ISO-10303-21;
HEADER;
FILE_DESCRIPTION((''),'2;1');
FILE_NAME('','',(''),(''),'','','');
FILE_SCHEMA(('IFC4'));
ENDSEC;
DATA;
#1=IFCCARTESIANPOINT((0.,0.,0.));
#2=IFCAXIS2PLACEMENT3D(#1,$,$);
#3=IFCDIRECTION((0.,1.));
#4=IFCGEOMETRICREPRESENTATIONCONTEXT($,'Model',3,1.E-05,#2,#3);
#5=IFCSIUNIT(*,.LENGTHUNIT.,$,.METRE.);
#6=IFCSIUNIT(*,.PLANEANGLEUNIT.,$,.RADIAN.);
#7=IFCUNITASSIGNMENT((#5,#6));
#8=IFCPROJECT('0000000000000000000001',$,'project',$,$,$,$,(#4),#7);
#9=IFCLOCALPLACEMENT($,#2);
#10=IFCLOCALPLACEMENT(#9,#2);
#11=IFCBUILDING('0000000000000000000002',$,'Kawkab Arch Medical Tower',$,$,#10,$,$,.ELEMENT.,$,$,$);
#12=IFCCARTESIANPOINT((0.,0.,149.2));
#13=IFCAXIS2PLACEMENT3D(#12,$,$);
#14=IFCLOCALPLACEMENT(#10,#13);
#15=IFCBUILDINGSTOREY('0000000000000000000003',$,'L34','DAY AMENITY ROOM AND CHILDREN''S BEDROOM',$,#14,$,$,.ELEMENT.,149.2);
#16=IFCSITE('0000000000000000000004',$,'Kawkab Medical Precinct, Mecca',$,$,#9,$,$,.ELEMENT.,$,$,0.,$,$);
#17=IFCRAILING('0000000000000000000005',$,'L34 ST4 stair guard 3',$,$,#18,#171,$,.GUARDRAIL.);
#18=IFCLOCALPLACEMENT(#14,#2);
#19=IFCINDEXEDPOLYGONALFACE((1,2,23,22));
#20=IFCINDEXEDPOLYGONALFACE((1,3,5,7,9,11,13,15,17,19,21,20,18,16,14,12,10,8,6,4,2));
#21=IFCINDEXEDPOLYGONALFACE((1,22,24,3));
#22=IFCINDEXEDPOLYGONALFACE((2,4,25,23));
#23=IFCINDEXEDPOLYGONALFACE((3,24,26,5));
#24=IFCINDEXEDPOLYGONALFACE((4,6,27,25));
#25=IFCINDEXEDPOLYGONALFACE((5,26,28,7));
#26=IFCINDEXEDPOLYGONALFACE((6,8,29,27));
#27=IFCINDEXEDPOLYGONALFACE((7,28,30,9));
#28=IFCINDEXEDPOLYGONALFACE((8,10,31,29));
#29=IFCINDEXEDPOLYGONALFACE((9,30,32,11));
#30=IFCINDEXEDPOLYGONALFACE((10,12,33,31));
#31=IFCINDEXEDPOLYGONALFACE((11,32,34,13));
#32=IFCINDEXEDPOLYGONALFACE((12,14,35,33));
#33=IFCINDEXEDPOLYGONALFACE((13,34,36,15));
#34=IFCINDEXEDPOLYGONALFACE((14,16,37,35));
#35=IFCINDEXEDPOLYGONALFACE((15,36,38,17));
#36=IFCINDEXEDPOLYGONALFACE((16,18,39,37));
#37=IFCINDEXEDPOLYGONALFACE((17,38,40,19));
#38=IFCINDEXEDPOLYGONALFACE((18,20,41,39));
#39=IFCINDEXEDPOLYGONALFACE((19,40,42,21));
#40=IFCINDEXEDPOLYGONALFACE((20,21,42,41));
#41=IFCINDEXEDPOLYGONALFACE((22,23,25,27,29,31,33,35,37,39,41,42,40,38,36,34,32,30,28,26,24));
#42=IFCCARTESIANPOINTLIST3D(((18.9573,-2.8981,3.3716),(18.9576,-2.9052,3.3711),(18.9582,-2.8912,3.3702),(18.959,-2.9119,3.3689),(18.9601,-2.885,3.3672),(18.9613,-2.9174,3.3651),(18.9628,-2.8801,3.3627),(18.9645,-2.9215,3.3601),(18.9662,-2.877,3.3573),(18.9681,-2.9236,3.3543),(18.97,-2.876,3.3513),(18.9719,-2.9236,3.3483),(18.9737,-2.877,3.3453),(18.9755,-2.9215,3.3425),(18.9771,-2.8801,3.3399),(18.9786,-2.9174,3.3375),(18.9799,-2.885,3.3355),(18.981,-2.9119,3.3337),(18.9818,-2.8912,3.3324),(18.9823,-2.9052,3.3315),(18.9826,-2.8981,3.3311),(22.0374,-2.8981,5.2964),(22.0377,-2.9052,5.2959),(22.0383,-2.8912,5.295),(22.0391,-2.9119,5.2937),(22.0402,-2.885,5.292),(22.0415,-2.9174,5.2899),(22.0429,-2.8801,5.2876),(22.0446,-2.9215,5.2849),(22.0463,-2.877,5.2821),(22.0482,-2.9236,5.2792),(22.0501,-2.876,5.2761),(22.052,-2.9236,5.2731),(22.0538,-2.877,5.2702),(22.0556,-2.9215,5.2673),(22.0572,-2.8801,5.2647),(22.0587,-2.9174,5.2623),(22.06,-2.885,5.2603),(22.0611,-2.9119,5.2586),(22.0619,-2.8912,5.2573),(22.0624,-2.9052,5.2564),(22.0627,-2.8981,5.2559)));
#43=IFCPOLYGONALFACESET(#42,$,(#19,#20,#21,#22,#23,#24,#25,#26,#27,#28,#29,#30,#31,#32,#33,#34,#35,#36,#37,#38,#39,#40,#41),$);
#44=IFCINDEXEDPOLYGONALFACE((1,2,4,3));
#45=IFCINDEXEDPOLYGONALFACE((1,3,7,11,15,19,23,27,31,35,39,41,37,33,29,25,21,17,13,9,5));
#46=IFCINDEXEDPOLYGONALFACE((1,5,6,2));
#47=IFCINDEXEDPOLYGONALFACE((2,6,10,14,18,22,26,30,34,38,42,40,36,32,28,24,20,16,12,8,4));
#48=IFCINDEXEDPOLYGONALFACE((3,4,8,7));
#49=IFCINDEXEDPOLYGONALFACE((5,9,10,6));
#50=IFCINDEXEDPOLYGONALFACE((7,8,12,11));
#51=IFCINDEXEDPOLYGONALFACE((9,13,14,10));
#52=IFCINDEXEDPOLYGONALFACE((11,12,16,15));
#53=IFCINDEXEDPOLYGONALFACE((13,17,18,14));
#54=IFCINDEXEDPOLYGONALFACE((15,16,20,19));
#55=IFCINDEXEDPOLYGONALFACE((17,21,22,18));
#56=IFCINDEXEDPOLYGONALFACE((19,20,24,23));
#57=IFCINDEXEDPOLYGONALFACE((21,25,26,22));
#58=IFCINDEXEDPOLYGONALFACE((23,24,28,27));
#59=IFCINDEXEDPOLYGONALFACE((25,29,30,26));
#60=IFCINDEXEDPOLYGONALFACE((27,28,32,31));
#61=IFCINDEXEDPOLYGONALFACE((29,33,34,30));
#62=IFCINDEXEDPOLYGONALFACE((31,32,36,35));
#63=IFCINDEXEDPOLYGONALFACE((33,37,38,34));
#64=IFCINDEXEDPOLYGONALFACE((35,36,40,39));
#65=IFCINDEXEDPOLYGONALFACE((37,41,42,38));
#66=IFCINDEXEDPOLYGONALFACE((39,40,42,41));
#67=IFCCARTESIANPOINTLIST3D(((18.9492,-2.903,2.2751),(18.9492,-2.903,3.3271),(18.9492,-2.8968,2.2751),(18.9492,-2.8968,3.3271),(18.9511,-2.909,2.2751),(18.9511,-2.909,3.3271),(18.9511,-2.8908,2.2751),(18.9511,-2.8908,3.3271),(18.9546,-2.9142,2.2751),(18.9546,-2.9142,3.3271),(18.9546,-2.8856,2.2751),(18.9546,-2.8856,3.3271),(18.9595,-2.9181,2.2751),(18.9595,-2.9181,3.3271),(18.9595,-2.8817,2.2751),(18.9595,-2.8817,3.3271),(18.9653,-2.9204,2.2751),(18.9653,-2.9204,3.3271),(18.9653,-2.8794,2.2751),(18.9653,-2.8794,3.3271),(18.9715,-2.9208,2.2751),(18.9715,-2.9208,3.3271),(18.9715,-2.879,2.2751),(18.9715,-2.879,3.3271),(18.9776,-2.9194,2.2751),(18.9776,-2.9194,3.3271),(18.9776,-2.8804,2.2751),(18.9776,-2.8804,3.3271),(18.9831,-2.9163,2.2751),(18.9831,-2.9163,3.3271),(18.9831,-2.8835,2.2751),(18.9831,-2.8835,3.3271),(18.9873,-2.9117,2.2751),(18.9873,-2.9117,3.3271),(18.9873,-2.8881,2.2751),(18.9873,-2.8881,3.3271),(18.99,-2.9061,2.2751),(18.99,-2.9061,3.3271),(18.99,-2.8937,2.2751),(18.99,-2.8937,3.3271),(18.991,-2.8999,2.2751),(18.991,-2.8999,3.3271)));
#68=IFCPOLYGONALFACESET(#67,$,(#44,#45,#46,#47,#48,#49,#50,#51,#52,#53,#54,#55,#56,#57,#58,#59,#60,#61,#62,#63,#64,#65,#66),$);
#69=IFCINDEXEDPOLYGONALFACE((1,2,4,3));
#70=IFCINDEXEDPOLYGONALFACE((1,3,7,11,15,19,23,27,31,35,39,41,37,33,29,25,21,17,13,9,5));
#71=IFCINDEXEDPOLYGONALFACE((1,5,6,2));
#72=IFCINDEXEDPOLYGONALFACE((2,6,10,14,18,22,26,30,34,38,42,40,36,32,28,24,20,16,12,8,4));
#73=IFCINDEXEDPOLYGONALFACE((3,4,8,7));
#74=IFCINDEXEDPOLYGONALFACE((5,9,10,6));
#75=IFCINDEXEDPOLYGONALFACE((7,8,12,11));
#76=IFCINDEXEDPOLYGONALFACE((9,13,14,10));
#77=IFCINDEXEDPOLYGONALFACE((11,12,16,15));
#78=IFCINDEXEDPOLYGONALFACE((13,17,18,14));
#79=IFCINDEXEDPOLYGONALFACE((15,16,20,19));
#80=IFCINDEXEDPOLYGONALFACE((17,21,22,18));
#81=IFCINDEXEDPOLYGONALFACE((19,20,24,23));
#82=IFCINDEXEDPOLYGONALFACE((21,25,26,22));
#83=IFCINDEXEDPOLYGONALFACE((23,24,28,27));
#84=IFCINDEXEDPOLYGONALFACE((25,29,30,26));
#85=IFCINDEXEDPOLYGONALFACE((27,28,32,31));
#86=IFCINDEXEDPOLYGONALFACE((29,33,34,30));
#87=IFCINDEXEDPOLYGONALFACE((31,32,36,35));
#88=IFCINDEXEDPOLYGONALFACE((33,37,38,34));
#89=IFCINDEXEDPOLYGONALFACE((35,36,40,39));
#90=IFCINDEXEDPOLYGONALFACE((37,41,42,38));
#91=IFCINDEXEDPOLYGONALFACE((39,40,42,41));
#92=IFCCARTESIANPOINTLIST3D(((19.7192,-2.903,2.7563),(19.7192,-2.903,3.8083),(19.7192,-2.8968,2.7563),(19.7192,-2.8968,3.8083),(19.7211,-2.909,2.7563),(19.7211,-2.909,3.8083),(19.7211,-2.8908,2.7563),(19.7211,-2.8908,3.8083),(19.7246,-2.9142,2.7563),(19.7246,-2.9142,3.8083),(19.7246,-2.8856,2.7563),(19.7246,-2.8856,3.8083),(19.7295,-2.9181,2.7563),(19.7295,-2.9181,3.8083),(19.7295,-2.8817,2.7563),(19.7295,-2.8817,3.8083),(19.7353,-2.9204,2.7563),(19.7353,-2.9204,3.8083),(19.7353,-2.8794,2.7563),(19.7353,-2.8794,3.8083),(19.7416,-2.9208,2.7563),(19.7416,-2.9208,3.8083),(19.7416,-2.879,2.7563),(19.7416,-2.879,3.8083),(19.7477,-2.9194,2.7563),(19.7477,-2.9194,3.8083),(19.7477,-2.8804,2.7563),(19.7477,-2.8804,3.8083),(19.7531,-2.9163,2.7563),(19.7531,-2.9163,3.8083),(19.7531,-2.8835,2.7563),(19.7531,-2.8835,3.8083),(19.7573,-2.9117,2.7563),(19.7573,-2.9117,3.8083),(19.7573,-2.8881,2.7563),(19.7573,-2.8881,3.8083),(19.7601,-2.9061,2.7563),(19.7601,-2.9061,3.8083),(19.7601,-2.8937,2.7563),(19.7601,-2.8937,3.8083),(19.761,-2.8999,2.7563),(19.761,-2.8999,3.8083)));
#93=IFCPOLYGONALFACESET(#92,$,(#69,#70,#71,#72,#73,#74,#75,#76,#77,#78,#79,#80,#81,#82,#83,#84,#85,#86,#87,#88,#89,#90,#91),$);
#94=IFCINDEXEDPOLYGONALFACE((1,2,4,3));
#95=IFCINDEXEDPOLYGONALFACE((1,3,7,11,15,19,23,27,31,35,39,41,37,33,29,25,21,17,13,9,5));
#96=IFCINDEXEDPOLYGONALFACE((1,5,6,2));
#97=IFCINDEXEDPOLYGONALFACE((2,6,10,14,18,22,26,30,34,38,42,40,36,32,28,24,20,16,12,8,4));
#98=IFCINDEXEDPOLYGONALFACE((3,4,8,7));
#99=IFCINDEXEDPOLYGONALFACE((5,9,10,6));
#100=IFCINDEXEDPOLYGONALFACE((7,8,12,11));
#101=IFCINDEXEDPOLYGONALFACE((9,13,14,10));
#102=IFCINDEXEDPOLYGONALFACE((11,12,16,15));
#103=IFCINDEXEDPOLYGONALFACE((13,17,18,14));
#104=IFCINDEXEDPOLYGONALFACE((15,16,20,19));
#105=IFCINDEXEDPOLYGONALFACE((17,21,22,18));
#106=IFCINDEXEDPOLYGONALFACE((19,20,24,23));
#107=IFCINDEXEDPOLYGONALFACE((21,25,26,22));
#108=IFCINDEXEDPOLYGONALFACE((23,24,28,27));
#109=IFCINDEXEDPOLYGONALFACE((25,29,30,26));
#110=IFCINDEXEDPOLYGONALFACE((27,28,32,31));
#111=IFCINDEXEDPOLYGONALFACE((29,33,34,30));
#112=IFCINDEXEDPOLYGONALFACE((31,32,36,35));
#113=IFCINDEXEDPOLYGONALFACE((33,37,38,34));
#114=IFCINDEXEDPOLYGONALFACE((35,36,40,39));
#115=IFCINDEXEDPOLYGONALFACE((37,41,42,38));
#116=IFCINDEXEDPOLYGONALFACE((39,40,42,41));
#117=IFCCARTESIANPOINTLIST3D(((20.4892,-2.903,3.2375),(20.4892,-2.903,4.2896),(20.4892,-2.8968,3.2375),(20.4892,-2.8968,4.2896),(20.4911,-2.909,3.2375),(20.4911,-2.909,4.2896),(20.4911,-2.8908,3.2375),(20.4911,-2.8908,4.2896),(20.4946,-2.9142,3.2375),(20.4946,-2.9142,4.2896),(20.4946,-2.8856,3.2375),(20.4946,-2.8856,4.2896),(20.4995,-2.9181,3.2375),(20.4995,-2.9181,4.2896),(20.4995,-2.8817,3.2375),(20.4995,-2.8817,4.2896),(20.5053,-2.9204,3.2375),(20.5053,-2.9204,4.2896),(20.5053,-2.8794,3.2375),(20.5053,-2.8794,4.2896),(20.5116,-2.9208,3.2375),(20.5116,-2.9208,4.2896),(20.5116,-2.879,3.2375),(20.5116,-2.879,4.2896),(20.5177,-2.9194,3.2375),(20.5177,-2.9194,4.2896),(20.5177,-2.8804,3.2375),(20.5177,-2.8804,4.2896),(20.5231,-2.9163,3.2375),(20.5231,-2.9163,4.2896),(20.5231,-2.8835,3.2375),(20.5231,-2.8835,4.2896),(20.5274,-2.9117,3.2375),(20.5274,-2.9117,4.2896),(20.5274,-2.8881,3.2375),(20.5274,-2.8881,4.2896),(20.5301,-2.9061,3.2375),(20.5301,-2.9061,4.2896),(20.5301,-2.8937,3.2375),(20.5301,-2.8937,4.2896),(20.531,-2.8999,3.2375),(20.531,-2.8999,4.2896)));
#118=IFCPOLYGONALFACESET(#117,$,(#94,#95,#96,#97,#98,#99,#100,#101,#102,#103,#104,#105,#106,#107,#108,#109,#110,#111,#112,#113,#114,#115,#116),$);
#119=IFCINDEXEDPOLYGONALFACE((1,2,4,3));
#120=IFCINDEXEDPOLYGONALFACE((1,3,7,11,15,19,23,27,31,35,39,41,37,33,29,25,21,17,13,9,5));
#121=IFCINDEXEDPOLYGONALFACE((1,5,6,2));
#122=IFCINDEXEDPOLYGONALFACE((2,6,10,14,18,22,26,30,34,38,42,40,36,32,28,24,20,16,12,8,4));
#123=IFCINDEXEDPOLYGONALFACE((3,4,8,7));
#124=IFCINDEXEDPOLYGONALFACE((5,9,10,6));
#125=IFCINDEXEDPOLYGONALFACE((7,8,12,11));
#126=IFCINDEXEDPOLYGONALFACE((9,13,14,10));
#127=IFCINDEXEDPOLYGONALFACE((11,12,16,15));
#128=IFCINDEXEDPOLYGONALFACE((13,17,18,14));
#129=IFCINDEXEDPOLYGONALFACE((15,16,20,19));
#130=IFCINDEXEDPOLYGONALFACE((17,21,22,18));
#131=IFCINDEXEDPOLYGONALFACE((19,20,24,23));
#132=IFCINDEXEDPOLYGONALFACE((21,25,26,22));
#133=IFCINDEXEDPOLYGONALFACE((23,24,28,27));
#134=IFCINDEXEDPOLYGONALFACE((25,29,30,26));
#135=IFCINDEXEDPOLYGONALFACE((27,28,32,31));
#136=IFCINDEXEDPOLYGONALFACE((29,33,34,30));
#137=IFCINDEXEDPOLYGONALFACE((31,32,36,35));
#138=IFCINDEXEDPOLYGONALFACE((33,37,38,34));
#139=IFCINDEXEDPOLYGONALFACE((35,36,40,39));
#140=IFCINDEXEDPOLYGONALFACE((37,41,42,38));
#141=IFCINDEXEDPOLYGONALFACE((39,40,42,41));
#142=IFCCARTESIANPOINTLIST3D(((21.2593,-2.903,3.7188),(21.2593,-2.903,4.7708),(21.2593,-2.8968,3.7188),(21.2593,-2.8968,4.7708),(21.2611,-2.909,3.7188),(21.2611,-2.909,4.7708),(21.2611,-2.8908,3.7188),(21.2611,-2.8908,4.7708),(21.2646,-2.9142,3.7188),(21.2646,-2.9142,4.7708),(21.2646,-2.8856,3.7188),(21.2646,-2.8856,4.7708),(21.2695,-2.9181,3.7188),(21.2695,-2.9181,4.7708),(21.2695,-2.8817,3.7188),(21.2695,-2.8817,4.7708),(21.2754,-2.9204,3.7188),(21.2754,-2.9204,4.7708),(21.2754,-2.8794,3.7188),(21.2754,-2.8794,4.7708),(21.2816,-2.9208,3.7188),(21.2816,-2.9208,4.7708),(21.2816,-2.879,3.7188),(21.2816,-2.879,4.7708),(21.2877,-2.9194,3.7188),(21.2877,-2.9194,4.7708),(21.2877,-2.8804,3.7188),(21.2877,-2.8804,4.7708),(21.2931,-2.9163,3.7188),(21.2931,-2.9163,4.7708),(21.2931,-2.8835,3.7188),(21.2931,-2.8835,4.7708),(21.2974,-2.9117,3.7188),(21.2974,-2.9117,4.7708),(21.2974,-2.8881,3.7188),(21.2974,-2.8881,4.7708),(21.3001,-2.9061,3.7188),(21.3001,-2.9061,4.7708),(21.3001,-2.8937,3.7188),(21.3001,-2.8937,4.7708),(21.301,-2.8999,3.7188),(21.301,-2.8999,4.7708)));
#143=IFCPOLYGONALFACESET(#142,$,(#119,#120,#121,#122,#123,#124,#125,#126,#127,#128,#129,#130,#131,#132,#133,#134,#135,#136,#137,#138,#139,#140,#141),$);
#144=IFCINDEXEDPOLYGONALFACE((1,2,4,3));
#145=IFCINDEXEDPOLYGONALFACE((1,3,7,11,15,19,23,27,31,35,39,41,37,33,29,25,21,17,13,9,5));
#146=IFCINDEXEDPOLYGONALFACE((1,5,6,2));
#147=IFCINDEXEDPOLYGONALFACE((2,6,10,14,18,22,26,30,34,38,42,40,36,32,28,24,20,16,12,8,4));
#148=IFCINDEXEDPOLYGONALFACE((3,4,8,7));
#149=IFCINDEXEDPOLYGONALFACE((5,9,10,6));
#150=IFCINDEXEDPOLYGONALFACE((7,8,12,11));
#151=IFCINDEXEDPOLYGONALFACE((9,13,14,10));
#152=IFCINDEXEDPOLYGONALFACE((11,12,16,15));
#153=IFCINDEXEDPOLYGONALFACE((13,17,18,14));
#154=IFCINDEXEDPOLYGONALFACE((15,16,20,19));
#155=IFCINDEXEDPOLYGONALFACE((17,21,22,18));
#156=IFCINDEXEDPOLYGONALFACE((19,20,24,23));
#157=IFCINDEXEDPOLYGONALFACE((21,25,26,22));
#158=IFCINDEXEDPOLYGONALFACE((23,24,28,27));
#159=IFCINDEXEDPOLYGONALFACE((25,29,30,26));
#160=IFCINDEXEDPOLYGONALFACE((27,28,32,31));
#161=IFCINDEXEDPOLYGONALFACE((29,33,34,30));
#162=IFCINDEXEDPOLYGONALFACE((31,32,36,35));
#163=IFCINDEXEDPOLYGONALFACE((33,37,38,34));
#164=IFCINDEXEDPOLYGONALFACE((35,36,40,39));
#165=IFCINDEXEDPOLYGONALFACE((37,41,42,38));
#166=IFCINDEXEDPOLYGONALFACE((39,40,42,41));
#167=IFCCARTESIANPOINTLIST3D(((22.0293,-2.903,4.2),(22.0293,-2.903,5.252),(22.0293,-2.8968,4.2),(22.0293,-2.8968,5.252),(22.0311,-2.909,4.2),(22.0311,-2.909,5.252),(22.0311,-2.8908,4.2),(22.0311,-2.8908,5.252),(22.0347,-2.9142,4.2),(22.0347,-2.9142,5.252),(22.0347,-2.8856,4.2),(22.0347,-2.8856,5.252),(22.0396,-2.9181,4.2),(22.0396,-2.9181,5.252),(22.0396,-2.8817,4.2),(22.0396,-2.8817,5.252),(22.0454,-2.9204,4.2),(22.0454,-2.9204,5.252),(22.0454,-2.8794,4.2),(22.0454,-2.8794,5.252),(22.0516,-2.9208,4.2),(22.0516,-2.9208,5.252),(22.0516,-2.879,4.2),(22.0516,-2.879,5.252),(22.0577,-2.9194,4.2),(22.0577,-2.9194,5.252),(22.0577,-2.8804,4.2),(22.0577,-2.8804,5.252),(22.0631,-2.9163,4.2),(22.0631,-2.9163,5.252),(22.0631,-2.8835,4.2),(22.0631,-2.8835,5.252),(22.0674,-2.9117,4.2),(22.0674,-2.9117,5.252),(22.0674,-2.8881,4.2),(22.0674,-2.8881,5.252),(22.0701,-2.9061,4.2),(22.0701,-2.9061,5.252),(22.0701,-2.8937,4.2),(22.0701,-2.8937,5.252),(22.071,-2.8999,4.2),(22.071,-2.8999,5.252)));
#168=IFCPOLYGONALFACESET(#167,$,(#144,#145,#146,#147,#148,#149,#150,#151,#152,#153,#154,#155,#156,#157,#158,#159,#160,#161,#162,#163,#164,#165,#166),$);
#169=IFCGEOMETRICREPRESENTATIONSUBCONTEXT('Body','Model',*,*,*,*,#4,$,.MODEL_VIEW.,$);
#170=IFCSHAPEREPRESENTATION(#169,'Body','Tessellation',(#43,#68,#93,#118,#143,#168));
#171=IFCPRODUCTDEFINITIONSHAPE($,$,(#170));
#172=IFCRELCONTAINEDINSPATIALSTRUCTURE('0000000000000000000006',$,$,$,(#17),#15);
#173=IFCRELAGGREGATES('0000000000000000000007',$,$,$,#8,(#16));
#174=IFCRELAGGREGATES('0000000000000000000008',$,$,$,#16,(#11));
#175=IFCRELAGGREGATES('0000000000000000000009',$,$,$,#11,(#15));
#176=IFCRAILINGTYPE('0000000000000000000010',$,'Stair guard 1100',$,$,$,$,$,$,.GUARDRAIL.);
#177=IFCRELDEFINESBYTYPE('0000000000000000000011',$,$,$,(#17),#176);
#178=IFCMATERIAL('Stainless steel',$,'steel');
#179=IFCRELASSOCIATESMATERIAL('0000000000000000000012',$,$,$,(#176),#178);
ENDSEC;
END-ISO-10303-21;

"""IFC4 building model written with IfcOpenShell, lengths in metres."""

from ifc_helpers import new_model, si_unit, direction, frame, origin, origin_2d, place, context, subcontext, project, spatial, circle, extrude, material, type_object, element, save


model = new_model("IFC4")

# Units and contexts
model_context = context("Model", 3, precision=1e-05, world=origin(), true_north=direction((0.0, 1.0)))
body_context = subcontext(model_context, "Body", "Model", "MODEL_VIEW")
ifc_project = project(units=[si_unit("LENGTHUNIT", "METRE"), si_unit("PLANEANGLEUNIT", "RADIAN")], contexts=[model_context])

# Site, building, storey
site_placement = place(None, origin())
site = spatial("IfcSite", under=ifc_project, at=site_placement, Name="Kawkab Medical Precinct, Mecca", CompositionType="ELEMENT", RefElevation=0.0)
building_placement = place(site_placement, origin())
building = spatial("IfcBuilding", under=site, at=building_placement, Name="Kawkab Arch Medical Tower", CompositionType="ELEMENT")
storey_placement = place(building_placement, frame((0.0, 0.0, 149.2)))
storey = spatial("IfcBuildingStorey", under=building, at=storey_placement, Name="L34", Description="DAY AMENITY ROOM AND CHILDREN'S BEDROOM", CompositionType="ELEMENT", Elevation=149.2)

# Railing
ifc_material_1 = material(Name="Stainless steel", Category="steel")
railing_type_1 = type_object("IfcRailingType", Name="Stair guard 1100", PredefinedType="GUARDRAIL", material=ifc_material_1)
railing_1_placement = place(storey_placement, frame((18.97, -2.8999, 2.2751)))
element("IfcRailing", 1, at=railing_1_placement, inside=storey, type_object=railing_type_1, Name="L34 ST4 stair guard 3", PredefinedType="GUARDRAIL", context=body_context, shape_type="SweptSolid", body=[
    extrude(circle(Radius=0.0239, at=origin_2d()), frame((0.0, 0.0, 1.0762), z_axis=(0.848029, 0.0, 0.529951), x_axis=(0.0, 1.0, 0.0)), (0.0, 0.0, 1.0), 3.6321),
    extrude(circle(Radius=0.021, at=origin_2d()), origin(), (0.0, 0.0, 1.0), 1.052),
    extrude(circle(Radius=0.021, at=origin_2d()), frame((0.77, 0.0, 0.4812)), (0.0, 0.0, 1.0), 1.052),
    extrude(circle(Radius=0.021, at=origin_2d()), frame((1.54, 0.0, 0.9624)), (0.0, 0.0, 1.0), 1.052),
    extrude(circle(Radius=0.021, at=origin_2d()), frame((2.3101, 0.0, 1.4436)), (0.0, 0.0, 1.0), 1.052),
    extrude(circle(Radius=0.021, at=origin_2d()), frame((3.0801, 0.0, 1.9248)), (0.0, 0.0, 1.0), 1.052),
])

save(model, "model.ifc")
